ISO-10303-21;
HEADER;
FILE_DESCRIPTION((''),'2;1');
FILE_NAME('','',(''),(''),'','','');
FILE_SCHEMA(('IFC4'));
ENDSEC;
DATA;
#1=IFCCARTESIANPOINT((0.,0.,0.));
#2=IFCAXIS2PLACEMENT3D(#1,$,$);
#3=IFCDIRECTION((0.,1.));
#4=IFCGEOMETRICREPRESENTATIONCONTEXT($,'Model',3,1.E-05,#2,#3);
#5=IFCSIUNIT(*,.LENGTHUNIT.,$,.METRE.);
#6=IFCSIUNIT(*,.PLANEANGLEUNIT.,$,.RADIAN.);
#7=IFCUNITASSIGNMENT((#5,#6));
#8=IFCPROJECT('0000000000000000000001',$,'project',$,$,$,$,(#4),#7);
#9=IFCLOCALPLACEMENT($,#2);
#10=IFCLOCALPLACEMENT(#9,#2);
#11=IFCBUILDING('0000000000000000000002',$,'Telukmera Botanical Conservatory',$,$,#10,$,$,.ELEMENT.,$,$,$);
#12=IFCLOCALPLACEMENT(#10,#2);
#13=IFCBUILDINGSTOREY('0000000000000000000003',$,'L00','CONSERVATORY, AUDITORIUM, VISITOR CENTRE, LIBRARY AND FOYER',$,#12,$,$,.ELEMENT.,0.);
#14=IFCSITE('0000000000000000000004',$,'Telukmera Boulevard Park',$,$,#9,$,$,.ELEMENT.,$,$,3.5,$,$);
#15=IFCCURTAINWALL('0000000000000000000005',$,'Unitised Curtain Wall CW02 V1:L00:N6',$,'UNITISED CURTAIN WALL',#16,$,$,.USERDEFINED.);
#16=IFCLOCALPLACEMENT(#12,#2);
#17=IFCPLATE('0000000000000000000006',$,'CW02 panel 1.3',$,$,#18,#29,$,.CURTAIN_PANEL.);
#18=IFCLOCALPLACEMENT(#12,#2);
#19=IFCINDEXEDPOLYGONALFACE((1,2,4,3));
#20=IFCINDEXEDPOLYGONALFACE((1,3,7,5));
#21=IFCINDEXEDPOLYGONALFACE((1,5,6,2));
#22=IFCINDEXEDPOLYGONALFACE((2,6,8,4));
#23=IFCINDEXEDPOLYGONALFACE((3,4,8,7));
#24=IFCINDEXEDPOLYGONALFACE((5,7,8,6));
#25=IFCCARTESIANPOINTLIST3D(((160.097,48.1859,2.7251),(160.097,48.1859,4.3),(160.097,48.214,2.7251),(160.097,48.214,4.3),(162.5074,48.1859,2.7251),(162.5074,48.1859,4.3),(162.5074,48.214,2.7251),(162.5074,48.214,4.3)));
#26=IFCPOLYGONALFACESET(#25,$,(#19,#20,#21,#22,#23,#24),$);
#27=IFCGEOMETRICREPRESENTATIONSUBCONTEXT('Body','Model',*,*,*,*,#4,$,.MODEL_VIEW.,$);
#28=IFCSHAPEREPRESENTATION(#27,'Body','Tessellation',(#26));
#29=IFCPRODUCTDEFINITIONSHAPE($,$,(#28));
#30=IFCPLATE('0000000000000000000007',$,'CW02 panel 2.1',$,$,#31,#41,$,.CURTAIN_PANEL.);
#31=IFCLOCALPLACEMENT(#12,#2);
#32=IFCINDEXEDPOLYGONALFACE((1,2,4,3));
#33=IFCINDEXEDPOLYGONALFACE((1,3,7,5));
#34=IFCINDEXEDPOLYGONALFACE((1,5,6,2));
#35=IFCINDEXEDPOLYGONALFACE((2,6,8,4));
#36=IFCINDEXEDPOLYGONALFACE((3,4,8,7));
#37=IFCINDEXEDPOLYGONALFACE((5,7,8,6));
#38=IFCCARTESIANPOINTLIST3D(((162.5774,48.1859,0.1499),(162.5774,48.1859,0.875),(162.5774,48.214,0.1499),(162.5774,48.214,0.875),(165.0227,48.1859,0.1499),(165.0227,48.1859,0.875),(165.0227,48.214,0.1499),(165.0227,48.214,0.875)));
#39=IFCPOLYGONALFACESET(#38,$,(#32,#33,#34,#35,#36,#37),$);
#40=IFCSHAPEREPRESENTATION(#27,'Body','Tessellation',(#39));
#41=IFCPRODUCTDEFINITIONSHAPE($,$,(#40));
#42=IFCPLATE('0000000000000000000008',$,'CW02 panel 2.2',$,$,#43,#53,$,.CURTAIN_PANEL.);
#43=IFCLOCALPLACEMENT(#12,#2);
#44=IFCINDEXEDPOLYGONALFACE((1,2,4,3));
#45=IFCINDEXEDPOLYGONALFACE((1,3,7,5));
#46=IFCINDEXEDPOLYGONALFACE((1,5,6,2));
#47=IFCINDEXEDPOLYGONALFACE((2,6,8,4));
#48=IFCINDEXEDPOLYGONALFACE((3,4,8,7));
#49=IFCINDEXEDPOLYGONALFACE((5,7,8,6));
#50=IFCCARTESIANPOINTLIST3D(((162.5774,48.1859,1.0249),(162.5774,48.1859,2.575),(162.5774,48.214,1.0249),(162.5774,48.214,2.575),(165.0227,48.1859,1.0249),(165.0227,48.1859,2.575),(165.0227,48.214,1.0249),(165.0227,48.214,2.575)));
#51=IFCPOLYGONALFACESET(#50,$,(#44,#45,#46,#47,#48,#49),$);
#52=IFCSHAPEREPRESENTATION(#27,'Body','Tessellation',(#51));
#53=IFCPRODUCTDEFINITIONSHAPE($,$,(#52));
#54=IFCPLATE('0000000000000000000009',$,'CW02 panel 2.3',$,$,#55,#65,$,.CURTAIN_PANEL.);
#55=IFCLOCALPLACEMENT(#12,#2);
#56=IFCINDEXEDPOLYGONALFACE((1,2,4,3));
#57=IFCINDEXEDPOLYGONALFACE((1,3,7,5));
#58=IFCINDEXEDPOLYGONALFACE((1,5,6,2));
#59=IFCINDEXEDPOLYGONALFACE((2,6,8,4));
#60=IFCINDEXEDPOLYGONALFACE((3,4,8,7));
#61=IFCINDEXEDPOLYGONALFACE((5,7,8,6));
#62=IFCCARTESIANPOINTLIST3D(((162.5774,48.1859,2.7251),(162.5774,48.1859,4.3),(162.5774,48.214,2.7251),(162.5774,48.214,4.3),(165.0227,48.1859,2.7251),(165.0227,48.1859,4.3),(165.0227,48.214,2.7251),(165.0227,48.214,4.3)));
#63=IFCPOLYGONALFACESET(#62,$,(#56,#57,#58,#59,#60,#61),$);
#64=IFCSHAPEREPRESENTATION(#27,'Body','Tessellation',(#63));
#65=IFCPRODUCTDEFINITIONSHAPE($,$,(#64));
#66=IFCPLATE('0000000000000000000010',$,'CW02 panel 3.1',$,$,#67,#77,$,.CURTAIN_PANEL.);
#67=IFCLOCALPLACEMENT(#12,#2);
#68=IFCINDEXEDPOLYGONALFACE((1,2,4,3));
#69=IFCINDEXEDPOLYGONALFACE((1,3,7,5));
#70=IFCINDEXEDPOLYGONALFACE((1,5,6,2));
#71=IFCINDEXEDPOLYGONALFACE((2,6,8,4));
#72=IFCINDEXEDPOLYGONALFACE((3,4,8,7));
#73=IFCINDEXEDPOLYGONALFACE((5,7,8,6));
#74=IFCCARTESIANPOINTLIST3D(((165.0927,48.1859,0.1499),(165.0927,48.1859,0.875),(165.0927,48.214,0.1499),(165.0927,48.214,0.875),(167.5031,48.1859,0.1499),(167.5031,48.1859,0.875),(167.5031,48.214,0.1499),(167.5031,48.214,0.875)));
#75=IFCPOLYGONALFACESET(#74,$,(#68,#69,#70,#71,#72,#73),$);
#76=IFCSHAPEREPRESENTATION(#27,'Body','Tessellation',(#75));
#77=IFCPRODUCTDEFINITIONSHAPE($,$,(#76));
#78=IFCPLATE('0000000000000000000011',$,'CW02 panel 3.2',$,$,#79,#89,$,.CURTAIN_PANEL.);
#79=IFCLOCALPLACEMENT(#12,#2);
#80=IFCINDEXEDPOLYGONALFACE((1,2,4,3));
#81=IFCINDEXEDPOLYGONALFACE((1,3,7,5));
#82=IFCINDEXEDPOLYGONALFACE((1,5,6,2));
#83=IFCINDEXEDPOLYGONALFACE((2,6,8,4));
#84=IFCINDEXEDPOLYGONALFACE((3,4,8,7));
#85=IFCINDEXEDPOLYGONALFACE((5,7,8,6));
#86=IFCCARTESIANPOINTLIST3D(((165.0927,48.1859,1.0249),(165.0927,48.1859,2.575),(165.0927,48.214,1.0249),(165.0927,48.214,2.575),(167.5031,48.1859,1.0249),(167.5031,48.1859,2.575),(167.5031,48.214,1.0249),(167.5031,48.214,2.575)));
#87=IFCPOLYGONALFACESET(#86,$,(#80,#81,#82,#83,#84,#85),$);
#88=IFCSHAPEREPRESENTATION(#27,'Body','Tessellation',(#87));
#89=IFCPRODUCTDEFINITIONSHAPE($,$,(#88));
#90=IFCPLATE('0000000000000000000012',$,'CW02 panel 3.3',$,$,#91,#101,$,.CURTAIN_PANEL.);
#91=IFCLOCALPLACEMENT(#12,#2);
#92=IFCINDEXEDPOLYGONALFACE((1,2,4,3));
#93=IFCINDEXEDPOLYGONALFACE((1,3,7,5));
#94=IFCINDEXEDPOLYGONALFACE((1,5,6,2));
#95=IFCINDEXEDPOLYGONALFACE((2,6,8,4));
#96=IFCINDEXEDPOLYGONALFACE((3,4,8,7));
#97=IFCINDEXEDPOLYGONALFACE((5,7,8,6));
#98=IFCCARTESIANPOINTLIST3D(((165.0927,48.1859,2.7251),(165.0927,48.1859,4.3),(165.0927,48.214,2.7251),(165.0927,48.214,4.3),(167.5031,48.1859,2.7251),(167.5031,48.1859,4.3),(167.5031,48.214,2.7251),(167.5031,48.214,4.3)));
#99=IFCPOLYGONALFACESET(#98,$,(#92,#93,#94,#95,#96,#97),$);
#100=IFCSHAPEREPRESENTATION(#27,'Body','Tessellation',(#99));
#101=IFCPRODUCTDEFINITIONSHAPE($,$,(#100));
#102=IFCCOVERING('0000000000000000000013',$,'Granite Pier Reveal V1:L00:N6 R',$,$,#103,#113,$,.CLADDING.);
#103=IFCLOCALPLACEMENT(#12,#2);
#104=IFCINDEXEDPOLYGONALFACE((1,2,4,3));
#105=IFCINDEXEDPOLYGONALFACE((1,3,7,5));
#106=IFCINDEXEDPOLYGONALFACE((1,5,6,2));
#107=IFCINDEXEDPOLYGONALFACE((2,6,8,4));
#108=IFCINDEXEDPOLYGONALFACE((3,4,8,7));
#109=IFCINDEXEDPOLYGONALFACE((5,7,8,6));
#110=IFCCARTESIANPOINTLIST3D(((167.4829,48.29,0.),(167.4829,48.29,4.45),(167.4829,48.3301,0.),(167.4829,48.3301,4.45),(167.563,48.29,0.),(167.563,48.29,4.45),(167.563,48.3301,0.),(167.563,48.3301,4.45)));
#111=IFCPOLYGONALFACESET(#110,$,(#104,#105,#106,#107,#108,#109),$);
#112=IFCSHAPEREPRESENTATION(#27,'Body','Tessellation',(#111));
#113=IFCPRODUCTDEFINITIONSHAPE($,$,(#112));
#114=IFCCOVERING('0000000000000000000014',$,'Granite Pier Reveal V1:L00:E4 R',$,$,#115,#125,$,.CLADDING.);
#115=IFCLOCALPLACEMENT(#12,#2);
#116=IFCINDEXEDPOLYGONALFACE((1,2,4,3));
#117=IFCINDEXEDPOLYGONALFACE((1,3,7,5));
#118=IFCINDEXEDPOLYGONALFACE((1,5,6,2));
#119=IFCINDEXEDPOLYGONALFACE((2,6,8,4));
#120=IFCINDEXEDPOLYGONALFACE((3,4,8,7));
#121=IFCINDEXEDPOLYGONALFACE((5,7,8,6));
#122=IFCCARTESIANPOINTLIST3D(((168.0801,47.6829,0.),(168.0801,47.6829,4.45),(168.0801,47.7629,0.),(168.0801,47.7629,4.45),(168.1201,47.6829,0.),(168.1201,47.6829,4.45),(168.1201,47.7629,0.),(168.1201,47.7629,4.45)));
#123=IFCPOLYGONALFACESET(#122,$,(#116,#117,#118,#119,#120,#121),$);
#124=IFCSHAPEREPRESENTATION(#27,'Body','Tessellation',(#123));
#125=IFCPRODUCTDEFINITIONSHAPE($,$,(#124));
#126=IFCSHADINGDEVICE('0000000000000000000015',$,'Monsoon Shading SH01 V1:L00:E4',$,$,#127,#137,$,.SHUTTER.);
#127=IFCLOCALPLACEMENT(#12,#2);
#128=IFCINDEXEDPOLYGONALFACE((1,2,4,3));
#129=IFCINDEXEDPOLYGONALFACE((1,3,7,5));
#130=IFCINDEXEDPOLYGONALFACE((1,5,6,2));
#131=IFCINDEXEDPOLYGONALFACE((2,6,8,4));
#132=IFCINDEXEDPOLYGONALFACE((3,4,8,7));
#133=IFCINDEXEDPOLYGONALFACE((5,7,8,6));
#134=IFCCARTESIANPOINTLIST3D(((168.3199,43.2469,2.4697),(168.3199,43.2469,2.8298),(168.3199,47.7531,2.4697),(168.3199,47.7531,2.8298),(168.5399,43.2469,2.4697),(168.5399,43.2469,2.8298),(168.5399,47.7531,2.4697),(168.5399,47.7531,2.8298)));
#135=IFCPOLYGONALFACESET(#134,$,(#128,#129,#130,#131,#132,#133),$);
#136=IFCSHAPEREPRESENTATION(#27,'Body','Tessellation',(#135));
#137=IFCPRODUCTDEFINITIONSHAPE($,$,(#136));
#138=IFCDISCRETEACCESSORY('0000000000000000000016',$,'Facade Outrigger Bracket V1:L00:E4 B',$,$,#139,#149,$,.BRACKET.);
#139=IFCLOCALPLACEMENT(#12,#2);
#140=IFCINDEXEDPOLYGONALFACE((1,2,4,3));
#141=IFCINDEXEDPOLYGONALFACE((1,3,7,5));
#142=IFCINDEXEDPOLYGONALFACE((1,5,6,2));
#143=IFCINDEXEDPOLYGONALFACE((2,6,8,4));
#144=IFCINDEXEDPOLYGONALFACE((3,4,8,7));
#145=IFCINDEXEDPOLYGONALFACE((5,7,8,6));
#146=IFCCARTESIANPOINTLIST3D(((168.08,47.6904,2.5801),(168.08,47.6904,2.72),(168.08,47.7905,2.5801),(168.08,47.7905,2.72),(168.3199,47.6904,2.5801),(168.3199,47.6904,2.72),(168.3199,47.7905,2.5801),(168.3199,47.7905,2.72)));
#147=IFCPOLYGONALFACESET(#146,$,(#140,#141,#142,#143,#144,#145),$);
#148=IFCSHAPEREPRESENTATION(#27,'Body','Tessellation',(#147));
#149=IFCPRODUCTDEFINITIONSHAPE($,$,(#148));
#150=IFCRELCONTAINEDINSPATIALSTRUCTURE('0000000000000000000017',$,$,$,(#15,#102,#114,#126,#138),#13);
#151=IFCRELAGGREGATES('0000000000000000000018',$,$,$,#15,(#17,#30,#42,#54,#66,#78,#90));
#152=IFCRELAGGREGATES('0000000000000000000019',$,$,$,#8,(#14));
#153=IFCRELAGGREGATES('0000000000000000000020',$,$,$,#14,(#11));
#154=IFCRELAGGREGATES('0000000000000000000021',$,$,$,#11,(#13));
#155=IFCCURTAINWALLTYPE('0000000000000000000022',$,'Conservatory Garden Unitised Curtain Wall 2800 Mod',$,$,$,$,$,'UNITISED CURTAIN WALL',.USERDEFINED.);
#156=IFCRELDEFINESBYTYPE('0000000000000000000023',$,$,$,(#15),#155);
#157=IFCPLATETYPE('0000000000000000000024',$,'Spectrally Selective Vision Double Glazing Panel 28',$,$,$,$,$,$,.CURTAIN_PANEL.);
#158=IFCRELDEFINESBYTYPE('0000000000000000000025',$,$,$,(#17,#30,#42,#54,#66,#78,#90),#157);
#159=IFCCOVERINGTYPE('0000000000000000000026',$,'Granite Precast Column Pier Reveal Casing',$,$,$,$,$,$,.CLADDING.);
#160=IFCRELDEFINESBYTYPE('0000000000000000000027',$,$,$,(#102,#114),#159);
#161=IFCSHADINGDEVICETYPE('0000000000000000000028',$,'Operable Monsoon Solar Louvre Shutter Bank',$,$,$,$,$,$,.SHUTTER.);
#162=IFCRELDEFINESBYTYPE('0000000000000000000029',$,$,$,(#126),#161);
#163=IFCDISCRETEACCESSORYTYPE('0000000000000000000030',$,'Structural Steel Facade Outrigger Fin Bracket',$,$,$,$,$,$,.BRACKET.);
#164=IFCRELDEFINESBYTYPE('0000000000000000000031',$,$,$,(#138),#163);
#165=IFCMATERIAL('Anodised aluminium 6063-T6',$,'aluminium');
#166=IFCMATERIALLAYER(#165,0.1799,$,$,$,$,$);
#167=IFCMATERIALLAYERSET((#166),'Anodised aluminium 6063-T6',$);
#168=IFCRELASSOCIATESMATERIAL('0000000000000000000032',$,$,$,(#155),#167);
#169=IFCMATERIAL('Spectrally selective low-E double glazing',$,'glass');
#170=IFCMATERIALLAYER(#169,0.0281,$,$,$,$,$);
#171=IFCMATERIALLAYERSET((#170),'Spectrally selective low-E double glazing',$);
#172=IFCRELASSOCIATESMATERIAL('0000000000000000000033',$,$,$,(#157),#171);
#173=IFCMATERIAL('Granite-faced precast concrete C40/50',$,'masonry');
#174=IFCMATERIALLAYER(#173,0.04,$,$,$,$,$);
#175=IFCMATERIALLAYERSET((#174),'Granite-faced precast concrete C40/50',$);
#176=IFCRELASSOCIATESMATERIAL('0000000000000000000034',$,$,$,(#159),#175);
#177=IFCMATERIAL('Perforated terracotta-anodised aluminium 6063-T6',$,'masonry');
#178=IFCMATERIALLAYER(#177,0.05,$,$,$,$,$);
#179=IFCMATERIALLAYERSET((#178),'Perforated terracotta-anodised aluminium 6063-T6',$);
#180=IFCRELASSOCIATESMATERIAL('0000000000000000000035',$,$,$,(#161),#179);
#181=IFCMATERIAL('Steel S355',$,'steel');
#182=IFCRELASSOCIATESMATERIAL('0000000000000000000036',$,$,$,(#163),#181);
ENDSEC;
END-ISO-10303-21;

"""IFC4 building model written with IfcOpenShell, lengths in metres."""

from ifc_helpers import new_model, si_unit, direction, frame, origin, origin_2d, place, context, subcontext, project, spatial, rectangle, extrude, material, layer, layer_set, type_object, element, aggregate, save


model = new_model("IFC4")

# Units and contexts
model_context = context("Model", 3, precision=1e-05, world=origin(), true_north=direction((0.0, 1.0)))
body_context = subcontext(model_context, "Body", "Model", "MODEL_VIEW")
ifc_project = project(units=[si_unit("LENGTHUNIT", "METRE"), si_unit("PLANEANGLEUNIT", "RADIAN")], contexts=[model_context])

# Site, building, storey
site_placement = place(None, origin())
site = spatial("IfcSite", under=ifc_project, at=site_placement, Name="Telukmera Boulevard Park", CompositionType="ELEMENT", RefElevation=3.5)
building_placement = place(site_placement, origin())
building = spatial("IfcBuilding", under=site, at=building_placement, Name="Telukmera Botanical Conservatory", CompositionType="ELEMENT")
storey_placement = place(building_placement, origin())
storey = spatial("IfcBuildingStorey", under=building, at=storey_placement, Name="L00", Description="CONSERVATORY, AUDITORIUM, VISITOR CENTRE, LIBRARY AND FOYER", CompositionType="ELEMENT", Elevation=0.0)

# Curtain wall
ifc_material_1 = material(Name="Anodised aluminium 6063-T6", Category="aluminium")
ifc_layer_1 = layer(ifc_material_1, 0.1799)
ifc_layer_set_1 = layer_set([ifc_layer_1], Name="Anodised aluminium 6063-T6")
curtain_wall_type_1 = type_object("IfcCurtainWallType", Name="Conservatory Garden Unitised Curtain Wall 2800 Mod", ElementType="UNITISED CURTAIN WALL", PredefinedType="USERDEFINED", material=ifc_layer_set_1)
curtain_wall_1_placement = place(storey_placement, origin())
curtain_wall_1 = element("IfcCurtainWall", 1, at=curtain_wall_1_placement, inside=storey, type_object=curtain_wall_type_1, Name="Unitised Curtain Wall CW02 V1:L00:N6", ObjectType="UNITISED CURTAIN WALL", PredefinedType="USERDEFINED")

# Plates
ifc_material_2 = material(Name="Spectrally selective low-E double glazing", Category="glass")
ifc_layer_2 = layer(ifc_material_2, 0.0281)
ifc_layer_set_2 = layer_set([ifc_layer_2], Name="Spectrally selective low-E double glazing")
plate_type_1 = type_object("IfcPlateType", Name="Spectrally Selective Vision Double Glazing Panel 28", PredefinedType="CURTAIN_PANEL", material=ifc_layer_set_2)
plate_1_placement = place(storey_placement, frame((161.3022, 48.2, 2.7251), z_axis=(0.0, 0.0, 1.0), x_axis=(1.0, 0.0, 0.0)))
plate_1 = element("IfcPlate", 2, at=plate_1_placement, type_object=plate_type_1, Name="CW02 panel 1.3", PredefinedType="CURTAIN_PANEL", context=body_context, shape_type="SweptSolid", body=[
    extrude(rectangle(XDim=2.4104, YDim=0.0281, at=origin_2d()), origin(), (0.0, 0.0, 1.0), 1.575),
])
plate_2_placement = place(storey_placement, frame((163.8, 48.2, 0.1499), z_axis=(0.0, 0.0, 1.0), x_axis=(1.0, 0.0, 0.0)))
plate_2 = element("IfcPlate", 3, at=plate_2_placement, type_object=plate_type_1, Name="CW02 panel 2.1", PredefinedType="CURTAIN_PANEL", context=body_context, shape_type="SweptSolid", body=[
    extrude(rectangle(XDim=2.4453, YDim=0.0281, at=origin_2d()), origin(), (0.0, 0.0, 1.0), 0.7251),
])
plate_3_placement = place(storey_placement, frame((163.8, 48.2, 1.0249), z_axis=(0.0, 0.0, 1.0), x_axis=(1.0, 0.0, 0.0)))
plate_3 = element("IfcPlate", 4, at=plate_3_placement, type_object=plate_type_1, Name="CW02 panel 2.2", PredefinedType="CURTAIN_PANEL", context=body_context, shape_type="SweptSolid", body=[
    extrude(rectangle(XDim=2.4453, YDim=0.0281, at=origin_2d()), origin(), (0.0, 0.0, 1.0), 1.55),
])
plate_4_placement = place(storey_placement, frame((163.8, 48.2, 2.7251), z_axis=(0.0, 0.0, 1.0), x_axis=(1.0, 0.0, 0.0)))
plate_4 = element("IfcPlate", 5, at=plate_4_placement, type_object=plate_type_1, Name="CW02 panel 2.3", PredefinedType="CURTAIN_PANEL", context=body_context, shape_type="SweptSolid", body=[
    extrude(rectangle(XDim=2.4453, YDim=0.0281, at=origin_2d()), origin(), (0.0, 0.0, 1.0), 1.575),
])
plate_5_placement = place(storey_placement, frame((166.2979, 48.2, 0.1499), z_axis=(0.0, 0.0, 1.0), x_axis=(1.0, 0.0, 0.0)))
plate_5 = element("IfcPlate", 6, at=plate_5_placement, type_object=plate_type_1, Name="CW02 panel 3.1", PredefinedType="CURTAIN_PANEL", context=body_context, shape_type="SweptSolid", body=[
    extrude(rectangle(XDim=2.4104, YDim=0.0281, at=origin_2d()), origin(), (0.0, 0.0, 1.0), 0.7251),
])
plate_6_placement = place(storey_placement, frame((166.2979, 48.2, 1.0249), z_axis=(0.0, 0.0, 1.0), x_axis=(1.0, 0.0, 0.0)))
plate_6 = element("IfcPlate", 7, at=plate_6_placement, type_object=plate_type_1, Name="CW02 panel 3.2", PredefinedType="CURTAIN_PANEL", context=body_context, shape_type="SweptSolid", body=[
    extrude(rectangle(XDim=2.4104, YDim=0.0281, at=origin_2d()), origin(), (0.0, 0.0, 1.0), 1.55),
])
plate_7_placement = place(storey_placement, frame((166.2979, 48.2, 2.7251), z_axis=(0.0, 0.0, 1.0), x_axis=(1.0, 0.0, 0.0)))
plate_7 = element("IfcPlate", 8, at=plate_7_placement, type_object=plate_type_1, Name="CW02 panel 3.3", PredefinedType="CURTAIN_PANEL", context=body_context, shape_type="SweptSolid", body=[
    extrude(rectangle(XDim=2.4104, YDim=0.0281, at=origin_2d()), origin(), (0.0, 0.0, 1.0), 1.575),
])
aggregate(curtain_wall_1, [plate_1, plate_2, plate_3, plate_4, plate_5, plate_6, plate_7])

# Coverings
ifc_material_3 = material(Name="Granite-faced precast concrete C40/50", Category="masonry")
ifc_layer_3 = layer(ifc_material_3, 0.04)
ifc_layer_set_3 = layer_set([ifc_layer_3], Name="Granite-faced precast concrete C40/50")
covering_type = type_object("IfcCoveringType", Name="Granite Precast Column Pier Reveal Casing", PredefinedType="CLADDING", material=ifc_layer_set_3)
for number, where, z_axis, x_axis, name in (
    (9, (167.5229, 48.3101, 0.0), (0.0, 0.0, 1.0), (1.0, 0.0, 0.0), "Granite Pier Reveal V1:L00:N6 R"),
    (10, (168.1001, 47.7229, 0.0), (0.0, 0.0, 1.0), (0.0, 1.0, 0.0), "Granite Pier Reveal V1:L00:E4 R"),
):
    element("IfcCovering", number, at=place(storey_placement, frame(where, z_axis=z_axis, x_axis=x_axis)), inside=storey, type_object=covering_type, Name=name, PredefinedType="CLADDING", context=body_context, shape_type="SweptSolid", body=[
        extrude(rectangle(XDim=0.0801, YDim=0.04, at=origin_2d()), origin(), (0.0, 0.0, 1.0), 4.45),
    ])

# Shading device
ifc_material_4 = material(Name="Perforated terracotta-anodised aluminium 6063-T6", Category="masonry")
ifc_layer_4 = layer(ifc_material_4, 0.05)
ifc_layer_set_4 = layer_set([ifc_layer_4], Name="Perforated terracotta-anodised aluminium 6063-T6")
shading_device_type = type_object("IfcShadingDeviceType", Name="Operable Monsoon Solar Louvre Shutter Bank", PredefinedType="SHUTTER", material=ifc_layer_set_4)
shading_device_placement = place(storey_placement, frame((168.4299, 45.5, 2.4697), z_axis=(0.0, 0.0, 1.0), x_axis=(0.0, 1.0, 0.0)))
element("IfcShadingDevice", 11, at=shading_device_placement, inside=storey, type_object=shading_device_type, Name="Monsoon Shading SH01 V1:L00:E4", PredefinedType="SHUTTER", context=body_context, shape_type="SweptSolid", body=[
    extrude(rectangle(XDim=4.5061, YDim=0.22, at=origin_2d()), origin(), (0.0, 0.0, 1.0), 0.3601),
])

# Discrete accessory
ifc_material_5 = material(Name="Steel S355", Category="steel")
discrete_accessory_type = type_object("IfcDiscreteAccessoryType", Name="Structural Steel Facade Outrigger Fin Bracket", PredefinedType="BRACKET", material=ifc_material_5)
discrete_accessory_placement = place(storey_placement, frame((168.2, 47.7405, 2.5801), z_axis=(0.0, 0.0, 1.0), x_axis=(0.0, 1.0, 0.0)))
element("IfcDiscreteAccessory", 12, at=discrete_accessory_placement, inside=storey, type_object=discrete_accessory_type, Name="Facade Outrigger Bracket V1:L00:E4 B", PredefinedType="BRACKET", context=body_context, shape_type="SweptSolid", body=[
    extrude(rectangle(XDim=0.1001, YDim=0.24, at=origin_2d()), origin(), (0.0, 0.0, 1.0), 0.1399),
])

save(model, "model.ifc")
